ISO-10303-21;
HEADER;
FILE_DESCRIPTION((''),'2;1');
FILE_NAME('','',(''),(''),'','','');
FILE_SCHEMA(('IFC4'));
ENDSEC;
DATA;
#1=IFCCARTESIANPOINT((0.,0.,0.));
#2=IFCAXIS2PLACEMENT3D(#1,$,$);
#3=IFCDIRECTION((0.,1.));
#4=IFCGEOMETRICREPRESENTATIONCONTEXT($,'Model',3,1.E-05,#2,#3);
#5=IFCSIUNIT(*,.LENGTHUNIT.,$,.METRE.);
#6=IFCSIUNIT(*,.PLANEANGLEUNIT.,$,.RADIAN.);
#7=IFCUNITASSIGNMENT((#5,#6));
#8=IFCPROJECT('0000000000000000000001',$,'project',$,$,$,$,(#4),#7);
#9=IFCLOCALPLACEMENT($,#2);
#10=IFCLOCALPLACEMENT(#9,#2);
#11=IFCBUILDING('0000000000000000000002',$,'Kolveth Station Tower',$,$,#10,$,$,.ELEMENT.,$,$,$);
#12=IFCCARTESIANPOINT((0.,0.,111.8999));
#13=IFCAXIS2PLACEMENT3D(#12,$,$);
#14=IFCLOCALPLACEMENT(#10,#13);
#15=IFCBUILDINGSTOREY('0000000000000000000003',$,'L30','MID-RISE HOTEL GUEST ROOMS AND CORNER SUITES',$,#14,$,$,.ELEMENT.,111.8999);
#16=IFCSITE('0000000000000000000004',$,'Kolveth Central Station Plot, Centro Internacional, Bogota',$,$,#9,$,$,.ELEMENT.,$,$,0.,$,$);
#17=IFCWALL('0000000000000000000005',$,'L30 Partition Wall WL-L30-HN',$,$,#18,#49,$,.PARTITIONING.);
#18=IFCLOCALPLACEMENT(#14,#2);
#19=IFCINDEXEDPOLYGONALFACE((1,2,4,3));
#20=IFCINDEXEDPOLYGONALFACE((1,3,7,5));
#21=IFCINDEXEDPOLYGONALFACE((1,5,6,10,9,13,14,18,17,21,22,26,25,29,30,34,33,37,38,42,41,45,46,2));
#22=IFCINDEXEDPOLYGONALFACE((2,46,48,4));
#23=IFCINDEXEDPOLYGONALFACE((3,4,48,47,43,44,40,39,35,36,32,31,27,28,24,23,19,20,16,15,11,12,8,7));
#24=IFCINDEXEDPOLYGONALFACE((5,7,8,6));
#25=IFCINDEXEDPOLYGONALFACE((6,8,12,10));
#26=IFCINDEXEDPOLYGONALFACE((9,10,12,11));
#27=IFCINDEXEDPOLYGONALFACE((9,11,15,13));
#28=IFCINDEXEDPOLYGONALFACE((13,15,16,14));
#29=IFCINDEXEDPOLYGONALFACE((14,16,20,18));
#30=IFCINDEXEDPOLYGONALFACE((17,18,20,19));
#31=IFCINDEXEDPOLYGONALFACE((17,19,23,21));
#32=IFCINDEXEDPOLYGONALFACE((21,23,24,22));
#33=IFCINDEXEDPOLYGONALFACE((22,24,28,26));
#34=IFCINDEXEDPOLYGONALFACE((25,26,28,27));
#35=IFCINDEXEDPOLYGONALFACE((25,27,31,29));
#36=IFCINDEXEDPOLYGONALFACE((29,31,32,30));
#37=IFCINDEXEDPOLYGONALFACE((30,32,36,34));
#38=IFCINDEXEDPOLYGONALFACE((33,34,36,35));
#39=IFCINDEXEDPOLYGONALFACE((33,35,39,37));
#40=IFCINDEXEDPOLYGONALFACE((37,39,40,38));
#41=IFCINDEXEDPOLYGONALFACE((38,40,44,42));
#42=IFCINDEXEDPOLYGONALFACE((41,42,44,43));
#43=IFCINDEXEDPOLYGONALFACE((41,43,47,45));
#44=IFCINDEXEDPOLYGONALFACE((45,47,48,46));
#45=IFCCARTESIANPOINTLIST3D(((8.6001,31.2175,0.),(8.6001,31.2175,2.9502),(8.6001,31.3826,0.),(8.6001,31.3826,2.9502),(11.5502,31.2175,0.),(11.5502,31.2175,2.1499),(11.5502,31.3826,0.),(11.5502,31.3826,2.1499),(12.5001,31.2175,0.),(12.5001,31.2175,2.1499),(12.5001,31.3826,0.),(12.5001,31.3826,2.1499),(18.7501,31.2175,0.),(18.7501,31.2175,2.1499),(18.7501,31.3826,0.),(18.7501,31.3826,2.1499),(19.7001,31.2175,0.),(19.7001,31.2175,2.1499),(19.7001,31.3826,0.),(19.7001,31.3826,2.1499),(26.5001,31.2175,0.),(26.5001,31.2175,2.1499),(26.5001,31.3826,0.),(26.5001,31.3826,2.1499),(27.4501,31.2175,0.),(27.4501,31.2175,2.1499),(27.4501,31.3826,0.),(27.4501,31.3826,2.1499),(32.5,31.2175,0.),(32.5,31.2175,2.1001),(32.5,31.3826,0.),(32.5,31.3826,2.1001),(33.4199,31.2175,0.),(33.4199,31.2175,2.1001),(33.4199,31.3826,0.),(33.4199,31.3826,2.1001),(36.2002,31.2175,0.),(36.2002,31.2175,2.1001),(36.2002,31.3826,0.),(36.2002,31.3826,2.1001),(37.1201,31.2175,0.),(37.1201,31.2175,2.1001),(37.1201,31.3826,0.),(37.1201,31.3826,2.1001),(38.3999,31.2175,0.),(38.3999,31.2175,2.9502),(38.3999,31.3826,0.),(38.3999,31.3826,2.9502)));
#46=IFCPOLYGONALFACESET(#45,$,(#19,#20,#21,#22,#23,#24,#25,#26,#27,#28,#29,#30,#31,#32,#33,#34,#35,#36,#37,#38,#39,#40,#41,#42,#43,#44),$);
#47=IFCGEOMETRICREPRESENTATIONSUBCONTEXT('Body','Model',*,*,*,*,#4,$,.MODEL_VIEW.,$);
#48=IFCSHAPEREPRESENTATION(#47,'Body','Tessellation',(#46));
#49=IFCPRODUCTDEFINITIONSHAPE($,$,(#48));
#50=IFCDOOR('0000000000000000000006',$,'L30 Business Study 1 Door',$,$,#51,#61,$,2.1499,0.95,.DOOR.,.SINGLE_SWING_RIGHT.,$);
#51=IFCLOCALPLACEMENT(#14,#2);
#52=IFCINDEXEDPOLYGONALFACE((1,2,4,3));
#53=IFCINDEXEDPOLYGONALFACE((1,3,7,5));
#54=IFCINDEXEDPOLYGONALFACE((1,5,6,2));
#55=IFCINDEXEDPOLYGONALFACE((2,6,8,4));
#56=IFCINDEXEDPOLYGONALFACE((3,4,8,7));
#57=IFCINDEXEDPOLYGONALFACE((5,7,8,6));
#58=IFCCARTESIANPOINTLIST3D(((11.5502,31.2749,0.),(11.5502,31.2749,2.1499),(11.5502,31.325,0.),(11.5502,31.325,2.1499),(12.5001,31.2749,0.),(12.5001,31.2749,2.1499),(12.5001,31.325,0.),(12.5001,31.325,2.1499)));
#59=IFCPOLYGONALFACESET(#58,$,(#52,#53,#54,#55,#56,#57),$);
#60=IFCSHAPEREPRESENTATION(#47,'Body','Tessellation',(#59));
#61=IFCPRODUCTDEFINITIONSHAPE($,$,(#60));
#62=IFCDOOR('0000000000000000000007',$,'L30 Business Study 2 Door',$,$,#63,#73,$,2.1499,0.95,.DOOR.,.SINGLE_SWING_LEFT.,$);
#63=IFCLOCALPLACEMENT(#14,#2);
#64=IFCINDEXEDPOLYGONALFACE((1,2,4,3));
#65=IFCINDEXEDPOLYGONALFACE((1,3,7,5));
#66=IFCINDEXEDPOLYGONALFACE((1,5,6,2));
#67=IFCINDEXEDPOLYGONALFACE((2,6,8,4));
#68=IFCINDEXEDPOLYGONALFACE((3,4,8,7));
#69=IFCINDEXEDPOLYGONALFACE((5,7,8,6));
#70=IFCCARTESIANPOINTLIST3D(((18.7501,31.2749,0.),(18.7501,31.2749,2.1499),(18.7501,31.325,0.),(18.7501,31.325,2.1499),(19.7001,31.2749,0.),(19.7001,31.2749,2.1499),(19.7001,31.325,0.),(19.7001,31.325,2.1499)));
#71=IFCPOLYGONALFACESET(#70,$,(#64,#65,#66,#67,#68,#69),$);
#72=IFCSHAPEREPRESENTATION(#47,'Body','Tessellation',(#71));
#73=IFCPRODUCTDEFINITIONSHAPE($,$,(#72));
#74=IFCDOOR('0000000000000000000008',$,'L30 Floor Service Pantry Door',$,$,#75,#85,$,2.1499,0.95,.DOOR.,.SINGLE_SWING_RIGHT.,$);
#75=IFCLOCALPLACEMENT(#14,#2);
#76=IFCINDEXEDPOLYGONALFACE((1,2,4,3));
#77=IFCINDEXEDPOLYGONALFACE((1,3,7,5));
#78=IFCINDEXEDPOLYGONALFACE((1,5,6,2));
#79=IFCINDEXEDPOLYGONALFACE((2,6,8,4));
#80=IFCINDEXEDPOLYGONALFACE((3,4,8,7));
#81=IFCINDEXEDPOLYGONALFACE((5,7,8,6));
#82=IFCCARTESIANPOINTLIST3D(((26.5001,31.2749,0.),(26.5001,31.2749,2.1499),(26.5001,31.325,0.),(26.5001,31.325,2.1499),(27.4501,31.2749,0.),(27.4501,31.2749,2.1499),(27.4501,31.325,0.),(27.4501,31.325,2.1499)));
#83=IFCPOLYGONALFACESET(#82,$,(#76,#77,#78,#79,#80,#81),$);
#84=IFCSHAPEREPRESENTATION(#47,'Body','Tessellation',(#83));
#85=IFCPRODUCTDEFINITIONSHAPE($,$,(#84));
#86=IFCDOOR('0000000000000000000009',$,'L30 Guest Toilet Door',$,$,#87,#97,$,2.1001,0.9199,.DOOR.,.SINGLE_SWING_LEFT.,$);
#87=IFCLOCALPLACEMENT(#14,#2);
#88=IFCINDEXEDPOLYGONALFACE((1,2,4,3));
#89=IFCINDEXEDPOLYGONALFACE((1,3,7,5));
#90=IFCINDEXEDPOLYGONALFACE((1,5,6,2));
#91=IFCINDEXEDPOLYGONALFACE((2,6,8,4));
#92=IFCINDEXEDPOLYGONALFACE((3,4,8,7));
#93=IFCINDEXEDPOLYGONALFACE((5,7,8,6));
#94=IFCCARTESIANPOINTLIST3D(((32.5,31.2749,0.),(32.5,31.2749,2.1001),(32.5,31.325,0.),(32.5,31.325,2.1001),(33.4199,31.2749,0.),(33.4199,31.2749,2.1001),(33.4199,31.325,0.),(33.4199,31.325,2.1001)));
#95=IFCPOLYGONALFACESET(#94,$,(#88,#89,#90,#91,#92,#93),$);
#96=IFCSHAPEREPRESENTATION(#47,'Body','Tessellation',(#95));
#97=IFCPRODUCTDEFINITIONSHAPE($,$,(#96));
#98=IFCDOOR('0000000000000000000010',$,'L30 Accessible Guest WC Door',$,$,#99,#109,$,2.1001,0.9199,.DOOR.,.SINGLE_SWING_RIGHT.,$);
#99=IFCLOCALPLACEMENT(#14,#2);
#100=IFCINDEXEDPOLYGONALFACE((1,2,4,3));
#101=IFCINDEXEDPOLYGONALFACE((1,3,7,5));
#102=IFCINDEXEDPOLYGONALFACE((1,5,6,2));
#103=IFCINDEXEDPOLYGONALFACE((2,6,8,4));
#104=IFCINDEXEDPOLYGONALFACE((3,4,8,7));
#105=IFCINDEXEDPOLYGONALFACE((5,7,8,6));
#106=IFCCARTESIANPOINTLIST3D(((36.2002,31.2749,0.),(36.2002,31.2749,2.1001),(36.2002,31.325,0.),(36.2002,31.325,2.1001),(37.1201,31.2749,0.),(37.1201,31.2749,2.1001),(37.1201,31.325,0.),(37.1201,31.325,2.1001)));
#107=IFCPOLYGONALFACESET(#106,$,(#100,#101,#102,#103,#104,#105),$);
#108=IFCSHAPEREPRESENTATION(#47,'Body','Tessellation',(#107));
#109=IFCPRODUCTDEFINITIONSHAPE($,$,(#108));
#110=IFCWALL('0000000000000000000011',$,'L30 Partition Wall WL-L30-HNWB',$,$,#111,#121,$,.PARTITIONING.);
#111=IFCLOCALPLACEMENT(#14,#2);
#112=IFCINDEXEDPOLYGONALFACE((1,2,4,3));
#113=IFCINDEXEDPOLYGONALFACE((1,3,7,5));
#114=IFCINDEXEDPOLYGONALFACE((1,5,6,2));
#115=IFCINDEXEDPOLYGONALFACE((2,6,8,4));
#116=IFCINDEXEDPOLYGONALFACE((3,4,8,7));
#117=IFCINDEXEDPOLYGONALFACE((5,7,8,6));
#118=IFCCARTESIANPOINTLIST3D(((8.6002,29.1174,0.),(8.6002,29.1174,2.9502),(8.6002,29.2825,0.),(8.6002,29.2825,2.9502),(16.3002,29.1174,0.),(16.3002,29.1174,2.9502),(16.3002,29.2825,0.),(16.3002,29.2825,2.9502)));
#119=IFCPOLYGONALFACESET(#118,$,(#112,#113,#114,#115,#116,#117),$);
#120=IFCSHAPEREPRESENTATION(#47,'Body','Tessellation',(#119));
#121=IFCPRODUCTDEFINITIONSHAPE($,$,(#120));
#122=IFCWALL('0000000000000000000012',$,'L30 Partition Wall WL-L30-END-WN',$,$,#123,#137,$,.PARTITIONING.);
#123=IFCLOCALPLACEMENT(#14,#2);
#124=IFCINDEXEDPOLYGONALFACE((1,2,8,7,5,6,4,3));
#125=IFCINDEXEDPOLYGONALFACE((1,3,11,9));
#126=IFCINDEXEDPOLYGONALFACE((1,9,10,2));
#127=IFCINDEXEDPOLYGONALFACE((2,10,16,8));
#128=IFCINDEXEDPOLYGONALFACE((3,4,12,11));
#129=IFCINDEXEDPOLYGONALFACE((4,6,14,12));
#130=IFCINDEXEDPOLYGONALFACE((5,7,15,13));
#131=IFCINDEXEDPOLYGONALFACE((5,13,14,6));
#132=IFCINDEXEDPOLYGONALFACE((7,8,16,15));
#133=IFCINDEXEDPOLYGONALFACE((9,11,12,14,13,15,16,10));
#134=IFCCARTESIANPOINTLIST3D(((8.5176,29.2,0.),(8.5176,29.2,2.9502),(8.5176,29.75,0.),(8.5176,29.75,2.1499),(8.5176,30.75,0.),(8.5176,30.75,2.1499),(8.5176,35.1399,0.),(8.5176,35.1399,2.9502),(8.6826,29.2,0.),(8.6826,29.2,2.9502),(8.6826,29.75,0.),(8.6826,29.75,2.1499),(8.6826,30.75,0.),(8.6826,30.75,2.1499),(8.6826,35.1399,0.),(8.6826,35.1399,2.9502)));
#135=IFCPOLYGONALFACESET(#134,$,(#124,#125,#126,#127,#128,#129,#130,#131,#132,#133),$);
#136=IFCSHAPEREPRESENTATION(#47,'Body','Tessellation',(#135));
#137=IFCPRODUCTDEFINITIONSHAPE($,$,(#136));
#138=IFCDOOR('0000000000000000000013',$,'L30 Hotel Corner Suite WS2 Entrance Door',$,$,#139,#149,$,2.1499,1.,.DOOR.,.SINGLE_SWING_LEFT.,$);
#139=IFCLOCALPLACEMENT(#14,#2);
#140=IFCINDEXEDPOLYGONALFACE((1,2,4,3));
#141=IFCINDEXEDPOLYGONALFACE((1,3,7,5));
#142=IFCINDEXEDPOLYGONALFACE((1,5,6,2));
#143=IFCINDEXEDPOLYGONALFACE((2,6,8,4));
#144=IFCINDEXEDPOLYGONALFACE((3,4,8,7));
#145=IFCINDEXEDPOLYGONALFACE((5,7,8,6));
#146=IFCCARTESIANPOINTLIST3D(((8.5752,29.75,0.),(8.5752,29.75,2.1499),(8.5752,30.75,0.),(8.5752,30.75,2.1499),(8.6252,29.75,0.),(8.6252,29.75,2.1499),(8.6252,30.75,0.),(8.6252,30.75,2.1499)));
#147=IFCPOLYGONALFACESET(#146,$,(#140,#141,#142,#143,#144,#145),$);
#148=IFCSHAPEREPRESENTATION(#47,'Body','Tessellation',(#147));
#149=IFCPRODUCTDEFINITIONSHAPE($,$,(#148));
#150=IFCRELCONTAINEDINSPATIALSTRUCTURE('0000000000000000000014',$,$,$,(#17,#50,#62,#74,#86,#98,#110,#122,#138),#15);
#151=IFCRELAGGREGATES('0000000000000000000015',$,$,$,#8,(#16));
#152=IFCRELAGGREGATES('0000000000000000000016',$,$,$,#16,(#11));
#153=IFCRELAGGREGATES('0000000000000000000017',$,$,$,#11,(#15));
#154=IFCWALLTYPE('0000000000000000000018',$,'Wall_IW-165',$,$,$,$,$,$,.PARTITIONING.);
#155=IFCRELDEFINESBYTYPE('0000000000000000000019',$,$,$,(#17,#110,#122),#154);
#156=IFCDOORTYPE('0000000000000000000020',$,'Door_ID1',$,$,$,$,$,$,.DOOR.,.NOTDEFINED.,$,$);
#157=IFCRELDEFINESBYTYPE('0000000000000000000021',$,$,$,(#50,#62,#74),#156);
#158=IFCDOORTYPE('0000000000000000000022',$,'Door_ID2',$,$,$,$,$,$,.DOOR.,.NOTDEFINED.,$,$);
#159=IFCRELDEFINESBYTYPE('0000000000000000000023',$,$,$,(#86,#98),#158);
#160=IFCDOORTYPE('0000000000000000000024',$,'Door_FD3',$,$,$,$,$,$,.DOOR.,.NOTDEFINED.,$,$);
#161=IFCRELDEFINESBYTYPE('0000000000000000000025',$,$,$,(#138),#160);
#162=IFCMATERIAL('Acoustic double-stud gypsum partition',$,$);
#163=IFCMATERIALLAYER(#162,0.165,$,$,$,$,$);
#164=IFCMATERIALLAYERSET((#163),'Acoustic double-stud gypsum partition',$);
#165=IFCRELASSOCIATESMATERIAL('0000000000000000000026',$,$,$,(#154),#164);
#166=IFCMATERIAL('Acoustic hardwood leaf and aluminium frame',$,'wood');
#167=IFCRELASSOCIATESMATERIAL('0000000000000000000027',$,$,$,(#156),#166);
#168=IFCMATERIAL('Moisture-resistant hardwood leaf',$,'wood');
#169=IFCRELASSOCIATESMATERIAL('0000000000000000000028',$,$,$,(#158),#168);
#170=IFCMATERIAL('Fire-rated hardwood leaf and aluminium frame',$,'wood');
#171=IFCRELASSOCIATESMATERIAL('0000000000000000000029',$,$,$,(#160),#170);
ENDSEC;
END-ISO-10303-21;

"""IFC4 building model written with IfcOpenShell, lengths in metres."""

from ifc_helpers import new_model, si_unit, direction, frame, frame_2d, origin, place, context, subcontext, project, spatial, rectangle, extrude, material, layer, layer_set, type_object, element, fill, save


model = new_model("IFC4")

# Units and contexts
model_context = context("Model", 3, precision=1e-05, world=origin(), true_north=direction((0.0, 1.0)))
body_context = subcontext(model_context, "Body", "Model", "MODEL_VIEW")
ifc_project = project(units=[si_unit("LENGTHUNIT", "METRE"), si_unit("PLANEANGLEUNIT", "RADIAN")], contexts=[model_context])

# Site, building, storey
site_placement = place(None, origin())
site = spatial("IfcSite", under=ifc_project, at=site_placement, Name="Kolveth Central Station Plot, Centro Internacional, Bogota", CompositionType="ELEMENT", RefElevation=0.0)
building_placement = place(site_placement, origin())
building = spatial("IfcBuilding", under=site, at=building_placement, Name="Kolveth Station Tower", CompositionType="ELEMENT")
storey_placement = place(building_placement, frame((0.0, 0.0, 111.8999)))
storey = spatial("IfcBuildingStorey", under=building, at=storey_placement, Name="L30", Description="MID-RISE HOTEL GUEST ROOMS AND CORNER SUITES", CompositionType="ELEMENT", Elevation=111.8999)

# Wall, openings, doors
ifc_material_1 = material(Name="Acoustic double-stud gypsum partition")
ifc_layer = layer(ifc_material_1, 0.165)
ifc_layer_set = layer_set([ifc_layer], Name="Acoustic double-stud gypsum partition")
wall_type = type_object("IfcWallType", Name="Wall_IW-165", PredefinedType="PARTITIONING", material=ifc_layer_set)
wall_1_placement = place(storey_placement, frame((8.6001, 31.3, 0.0), z_axis=(0.0, 0.0, 1.0), x_axis=(1.0, 0.0, 0.0)))
wall_1 = element("IfcWall", 1, at=wall_1_placement, inside=storey, type_object=wall_type, Name="L30 Partition Wall WL-L30-HN", PredefinedType="PARTITIONING", context=body_context, shape_type="SweptSolid", body=[
    extrude(rectangle(XDim=29.7998, YDim=0.165, at=frame_2d((14.8999, 0.0))), origin(), (0.0, 0.0, 1.0), 2.9502),
])
opening_1_placement = place(wall_1_placement, frame((2.95, 0.0, 0.0)))
opening_1 = element("IfcOpeningElement", 2, at=opening_1_placement, cuts=wall_1, PredefinedType="OPENING", context=body_context, shape_type="SweptSolid", body=[
    extrude(rectangle(XDim=0.95, YDim=2.1499, at=frame_2d((0.4751, 1.075))), frame((0.0, 0.0925, 0.0), z_axis=(0.0, -1.0, 0.0), x_axis=(1.0, 0.0, 0.0)), (0.0, 0.0, 1.0), 0.1851),
])
opening_2_placement = place(wall_1_placement, frame((10.1499, 0.0, 0.0)))
opening_2 = element("IfcOpeningElement", 3, at=opening_2_placement, cuts=wall_1, PredefinedType="OPENING", context=body_context, shape_type="SweptSolid", body=[
    extrude(rectangle(XDim=0.95, YDim=2.1499, at=frame_2d((0.4751, 1.075))), frame((0.0, 0.0925, 0.0), z_axis=(0.0, -1.0, 0.0), x_axis=(1.0, 0.0, 0.0)), (0.0, 0.0, 1.0), 0.1851),
])
opening_3_placement = place(wall_1_placement, frame((17.8999, 0.0, 0.0)))
opening_3 = element("IfcOpeningElement", 4, at=opening_3_placement, cuts=wall_1, PredefinedType="OPENING", context=body_context, shape_type="SweptSolid", body=[
    extrude(rectangle(XDim=0.95, YDim=2.1499, at=frame_2d((0.4751, 1.075))), frame((0.0, 0.0925, 0.0), z_axis=(0.0, -1.0, 0.0), x_axis=(1.0, 0.0, 0.0)), (0.0, 0.0, 1.0), 0.1851),
])
opening_4_placement = place(wall_1_placement, frame((23.8999, 0.0, 0.0)))
opening_4 = element("IfcOpeningElement", 5, at=opening_4_placement, cuts=wall_1, PredefinedType="OPENING", context=body_context, shape_type="SweptSolid", body=[
    extrude(rectangle(XDim=0.9199, YDim=2.1001, at=frame_2d((0.46, 1.05))), frame((0.0, 0.0925, 0.0), z_axis=(0.0, -1.0, 0.0), x_axis=(1.0, 0.0, 0.0)), (0.0, 0.0, 1.0), 0.1851),
])
opening_5_placement = place(wall_1_placement, frame((27.6001, 0.0, 0.0)))
opening_5 = element("IfcOpeningElement", 6, at=opening_5_placement, cuts=wall_1, PredefinedType="OPENING", context=body_context, shape_type="SweptSolid", body=[
    extrude(rectangle(XDim=0.9199, YDim=2.1001, at=frame_2d((0.46, 1.05))), frame((0.0, 0.0925, 0.0), z_axis=(0.0, -1.0, 0.0), x_axis=(1.0, 0.0, 0.0)), (0.0, 0.0, 1.0), 0.1851),
])
ifc_material_2 = material(Name="Acoustic hardwood leaf and aluminium frame", Category="wood")
door_type_1 = type_object("IfcDoorType", Name="Door_ID1", OperationType="NOTDEFINED", PredefinedType="DOOR", material=ifc_material_2)
door_1_placement = place(opening_1_placement, origin())
door_1 = element("IfcDoor", 7, at=door_1_placement, inside=storey, type_object=door_type_1, Name="L30 Business Study 1 Door", OperationType="SINGLE_SWING_RIGHT", OverallHeight=2.1499, OverallWidth=0.95, PredefinedType="DOOR", context=body_context, shape_type="SweptSolid", body=[
    extrude(rectangle(XDim=0.95, YDim=2.1499, at=frame_2d((0.4751, 1.075))), frame((0.0, 0.0249, 0.0), z_axis=(0.0, -1.0, 0.0), x_axis=(1.0, 0.0, 0.0)), (0.0, 0.0, 1.0), 0.05),
])
fill(opening_1, door_1)
door_2_placement = place(opening_2_placement, origin())
door_2 = element("IfcDoor", 8, at=door_2_placement, inside=storey, type_object=door_type_1, Name="L30 Business Study 2 Door", OperationType="SINGLE_SWING_LEFT", OverallHeight=2.1499, OverallWidth=0.95, PredefinedType="DOOR", context=body_context, shape_type="SweptSolid", body=[
    extrude(rectangle(XDim=0.95, YDim=2.1499, at=frame_2d((0.4751, 1.075))), frame((0.0, 0.0249, 0.0), z_axis=(0.0, -1.0, 0.0), x_axis=(1.0, 0.0, 0.0)), (0.0, 0.0, 1.0), 0.05),
])
fill(opening_2, door_2)
door_3_placement = place(opening_3_placement, origin())
door_3 = element("IfcDoor", 9, at=door_3_placement, inside=storey, type_object=door_type_1, Name="L30 Floor Service Pantry Door", OperationType="SINGLE_SWING_RIGHT", OverallHeight=2.1499, OverallWidth=0.95, PredefinedType="DOOR", context=body_context, shape_type="SweptSolid", body=[
    extrude(rectangle(XDim=0.95, YDim=2.1499, at=frame_2d((0.4751, 1.075))), frame((0.0, 0.0249, 0.0), z_axis=(0.0, -1.0, 0.0), x_axis=(1.0, 0.0, 0.0)), (0.0, 0.0, 1.0), 0.05),
])
fill(opening_3, door_3)
ifc_material_3 = material(Name="Moisture-resistant hardwood leaf", Category="wood")
door_type_2 = type_object("IfcDoorType", Name="Door_ID2", OperationType="NOTDEFINED", PredefinedType="DOOR", material=ifc_material_3)
door_4_placement = place(opening_4_placement, origin())
door_4 = element("IfcDoor", 10, at=door_4_placement, inside=storey, type_object=door_type_2, Name="L30 Guest Toilet Door", OperationType="SINGLE_SWING_LEFT", OverallHeight=2.1001, OverallWidth=0.9199, PredefinedType="DOOR", context=body_context, shape_type="SweptSolid", body=[
    extrude(rectangle(XDim=0.9199, YDim=2.1001, at=frame_2d((0.46, 1.05))), frame((0.0, 0.0249, 0.0), z_axis=(0.0, -1.0, 0.0), x_axis=(1.0, 0.0, 0.0)), (0.0, 0.0, 1.0), 0.05),
])
fill(opening_4, door_4)
door_5_placement = place(opening_5_placement, origin())
door_5 = element("IfcDoor", 11, at=door_5_placement, inside=storey, type_object=door_type_2, Name="L30 Accessible Guest WC Door", OperationType="SINGLE_SWING_RIGHT", OverallHeight=2.1001, OverallWidth=0.9199, PredefinedType="DOOR", context=body_context, shape_type="SweptSolid", body=[
    extrude(rectangle(XDim=0.9199, YDim=2.1001, at=frame_2d((0.46, 1.05))), frame((0.0, 0.0249, 0.0), z_axis=(0.0, -1.0, 0.0), x_axis=(1.0, 0.0, 0.0)), (0.0, 0.0, 1.0), 0.05),
])
fill(opening_5, door_5)

# Wall
wall_2_placement = place(storey_placement, frame((8.6001, 29.2, 0.0), z_axis=(0.0, 0.0, 1.0), x_axis=(1.0, 0.0, 0.0)))
element("IfcWall", 12, at=wall_2_placement, inside=storey, type_object=wall_type, Name="L30 Partition Wall WL-L30-HNWB", PredefinedType="PARTITIONING", context=body_context, shape_type="SweptSolid", body=[
    extrude(rectangle(XDim=7.7, YDim=0.165, at=frame_2d((3.8501, 0.0))), origin(), (0.0, 0.0, 1.0), 2.9502),
])

# Wall, opening, door
wall_3_placement = place(storey_placement, frame((8.6001, 29.2, 0.0), z_axis=(0.0, 0.0, 1.0), x_axis=(0.0, 1.0, 0.0)))
wall_3 = element("IfcWall", 13, at=wall_3_placement, inside=storey, type_object=wall_type, Name="L30 Partition Wall WL-L30-END-WN", PredefinedType="PARTITIONING", context=body_context, shape_type="SweptSolid", body=[
    extrude(rectangle(XDim=5.9399, YDim=0.165, at=frame_2d((2.97, 0.0))), origin(), (0.0, 0.0, 1.0), 2.9502),
])
opening_6_placement = place(wall_3_placement, frame((0.55, 0.0, 0.0)))
opening_6 = element("IfcOpeningElement", 14, at=opening_6_placement, cuts=wall_3, PredefinedType="OPENING", context=body_context, shape_type="SweptSolid", body=[
    extrude(rectangle(XDim=1.0, YDim=2.1499, at=frame_2d((0.5, 1.075))), frame((0.0, 0.0925, 0.0), z_axis=(0.0, -1.0, 0.0), x_axis=(1.0, 0.0, 0.0)), (0.0, 0.0, 1.0), 0.1851),
])
ifc_material_4 = material(Name="Fire-rated hardwood leaf and aluminium frame", Category="wood")
door_type_3 = type_object("IfcDoorType", Name="Door_FD3", OperationType="NOTDEFINED", PredefinedType="DOOR", material=ifc_material_4)
door_6_placement = place(opening_6_placement, origin())
door_6 = element("IfcDoor", 15, at=door_6_placement, inside=storey, type_object=door_type_3, Name="L30 Hotel Corner Suite WS2 Entrance Door", OperationType="SINGLE_SWING_LEFT", OverallHeight=2.1499, OverallWidth=1.0, PredefinedType="DOOR", context=body_context, shape_type="SweptSolid", body=[
    extrude(rectangle(XDim=1.0, YDim=2.1499, at=frame_2d((0.5, 1.075))), frame((0.0, 0.0249, 0.0), z_axis=(0.0, -1.0, 0.0), x_axis=(1.0, 0.0, 0.0)), (0.0, 0.0, 1.0), 0.05),
])
fill(opening_6, door_6)

save(model, "model.ifc")
